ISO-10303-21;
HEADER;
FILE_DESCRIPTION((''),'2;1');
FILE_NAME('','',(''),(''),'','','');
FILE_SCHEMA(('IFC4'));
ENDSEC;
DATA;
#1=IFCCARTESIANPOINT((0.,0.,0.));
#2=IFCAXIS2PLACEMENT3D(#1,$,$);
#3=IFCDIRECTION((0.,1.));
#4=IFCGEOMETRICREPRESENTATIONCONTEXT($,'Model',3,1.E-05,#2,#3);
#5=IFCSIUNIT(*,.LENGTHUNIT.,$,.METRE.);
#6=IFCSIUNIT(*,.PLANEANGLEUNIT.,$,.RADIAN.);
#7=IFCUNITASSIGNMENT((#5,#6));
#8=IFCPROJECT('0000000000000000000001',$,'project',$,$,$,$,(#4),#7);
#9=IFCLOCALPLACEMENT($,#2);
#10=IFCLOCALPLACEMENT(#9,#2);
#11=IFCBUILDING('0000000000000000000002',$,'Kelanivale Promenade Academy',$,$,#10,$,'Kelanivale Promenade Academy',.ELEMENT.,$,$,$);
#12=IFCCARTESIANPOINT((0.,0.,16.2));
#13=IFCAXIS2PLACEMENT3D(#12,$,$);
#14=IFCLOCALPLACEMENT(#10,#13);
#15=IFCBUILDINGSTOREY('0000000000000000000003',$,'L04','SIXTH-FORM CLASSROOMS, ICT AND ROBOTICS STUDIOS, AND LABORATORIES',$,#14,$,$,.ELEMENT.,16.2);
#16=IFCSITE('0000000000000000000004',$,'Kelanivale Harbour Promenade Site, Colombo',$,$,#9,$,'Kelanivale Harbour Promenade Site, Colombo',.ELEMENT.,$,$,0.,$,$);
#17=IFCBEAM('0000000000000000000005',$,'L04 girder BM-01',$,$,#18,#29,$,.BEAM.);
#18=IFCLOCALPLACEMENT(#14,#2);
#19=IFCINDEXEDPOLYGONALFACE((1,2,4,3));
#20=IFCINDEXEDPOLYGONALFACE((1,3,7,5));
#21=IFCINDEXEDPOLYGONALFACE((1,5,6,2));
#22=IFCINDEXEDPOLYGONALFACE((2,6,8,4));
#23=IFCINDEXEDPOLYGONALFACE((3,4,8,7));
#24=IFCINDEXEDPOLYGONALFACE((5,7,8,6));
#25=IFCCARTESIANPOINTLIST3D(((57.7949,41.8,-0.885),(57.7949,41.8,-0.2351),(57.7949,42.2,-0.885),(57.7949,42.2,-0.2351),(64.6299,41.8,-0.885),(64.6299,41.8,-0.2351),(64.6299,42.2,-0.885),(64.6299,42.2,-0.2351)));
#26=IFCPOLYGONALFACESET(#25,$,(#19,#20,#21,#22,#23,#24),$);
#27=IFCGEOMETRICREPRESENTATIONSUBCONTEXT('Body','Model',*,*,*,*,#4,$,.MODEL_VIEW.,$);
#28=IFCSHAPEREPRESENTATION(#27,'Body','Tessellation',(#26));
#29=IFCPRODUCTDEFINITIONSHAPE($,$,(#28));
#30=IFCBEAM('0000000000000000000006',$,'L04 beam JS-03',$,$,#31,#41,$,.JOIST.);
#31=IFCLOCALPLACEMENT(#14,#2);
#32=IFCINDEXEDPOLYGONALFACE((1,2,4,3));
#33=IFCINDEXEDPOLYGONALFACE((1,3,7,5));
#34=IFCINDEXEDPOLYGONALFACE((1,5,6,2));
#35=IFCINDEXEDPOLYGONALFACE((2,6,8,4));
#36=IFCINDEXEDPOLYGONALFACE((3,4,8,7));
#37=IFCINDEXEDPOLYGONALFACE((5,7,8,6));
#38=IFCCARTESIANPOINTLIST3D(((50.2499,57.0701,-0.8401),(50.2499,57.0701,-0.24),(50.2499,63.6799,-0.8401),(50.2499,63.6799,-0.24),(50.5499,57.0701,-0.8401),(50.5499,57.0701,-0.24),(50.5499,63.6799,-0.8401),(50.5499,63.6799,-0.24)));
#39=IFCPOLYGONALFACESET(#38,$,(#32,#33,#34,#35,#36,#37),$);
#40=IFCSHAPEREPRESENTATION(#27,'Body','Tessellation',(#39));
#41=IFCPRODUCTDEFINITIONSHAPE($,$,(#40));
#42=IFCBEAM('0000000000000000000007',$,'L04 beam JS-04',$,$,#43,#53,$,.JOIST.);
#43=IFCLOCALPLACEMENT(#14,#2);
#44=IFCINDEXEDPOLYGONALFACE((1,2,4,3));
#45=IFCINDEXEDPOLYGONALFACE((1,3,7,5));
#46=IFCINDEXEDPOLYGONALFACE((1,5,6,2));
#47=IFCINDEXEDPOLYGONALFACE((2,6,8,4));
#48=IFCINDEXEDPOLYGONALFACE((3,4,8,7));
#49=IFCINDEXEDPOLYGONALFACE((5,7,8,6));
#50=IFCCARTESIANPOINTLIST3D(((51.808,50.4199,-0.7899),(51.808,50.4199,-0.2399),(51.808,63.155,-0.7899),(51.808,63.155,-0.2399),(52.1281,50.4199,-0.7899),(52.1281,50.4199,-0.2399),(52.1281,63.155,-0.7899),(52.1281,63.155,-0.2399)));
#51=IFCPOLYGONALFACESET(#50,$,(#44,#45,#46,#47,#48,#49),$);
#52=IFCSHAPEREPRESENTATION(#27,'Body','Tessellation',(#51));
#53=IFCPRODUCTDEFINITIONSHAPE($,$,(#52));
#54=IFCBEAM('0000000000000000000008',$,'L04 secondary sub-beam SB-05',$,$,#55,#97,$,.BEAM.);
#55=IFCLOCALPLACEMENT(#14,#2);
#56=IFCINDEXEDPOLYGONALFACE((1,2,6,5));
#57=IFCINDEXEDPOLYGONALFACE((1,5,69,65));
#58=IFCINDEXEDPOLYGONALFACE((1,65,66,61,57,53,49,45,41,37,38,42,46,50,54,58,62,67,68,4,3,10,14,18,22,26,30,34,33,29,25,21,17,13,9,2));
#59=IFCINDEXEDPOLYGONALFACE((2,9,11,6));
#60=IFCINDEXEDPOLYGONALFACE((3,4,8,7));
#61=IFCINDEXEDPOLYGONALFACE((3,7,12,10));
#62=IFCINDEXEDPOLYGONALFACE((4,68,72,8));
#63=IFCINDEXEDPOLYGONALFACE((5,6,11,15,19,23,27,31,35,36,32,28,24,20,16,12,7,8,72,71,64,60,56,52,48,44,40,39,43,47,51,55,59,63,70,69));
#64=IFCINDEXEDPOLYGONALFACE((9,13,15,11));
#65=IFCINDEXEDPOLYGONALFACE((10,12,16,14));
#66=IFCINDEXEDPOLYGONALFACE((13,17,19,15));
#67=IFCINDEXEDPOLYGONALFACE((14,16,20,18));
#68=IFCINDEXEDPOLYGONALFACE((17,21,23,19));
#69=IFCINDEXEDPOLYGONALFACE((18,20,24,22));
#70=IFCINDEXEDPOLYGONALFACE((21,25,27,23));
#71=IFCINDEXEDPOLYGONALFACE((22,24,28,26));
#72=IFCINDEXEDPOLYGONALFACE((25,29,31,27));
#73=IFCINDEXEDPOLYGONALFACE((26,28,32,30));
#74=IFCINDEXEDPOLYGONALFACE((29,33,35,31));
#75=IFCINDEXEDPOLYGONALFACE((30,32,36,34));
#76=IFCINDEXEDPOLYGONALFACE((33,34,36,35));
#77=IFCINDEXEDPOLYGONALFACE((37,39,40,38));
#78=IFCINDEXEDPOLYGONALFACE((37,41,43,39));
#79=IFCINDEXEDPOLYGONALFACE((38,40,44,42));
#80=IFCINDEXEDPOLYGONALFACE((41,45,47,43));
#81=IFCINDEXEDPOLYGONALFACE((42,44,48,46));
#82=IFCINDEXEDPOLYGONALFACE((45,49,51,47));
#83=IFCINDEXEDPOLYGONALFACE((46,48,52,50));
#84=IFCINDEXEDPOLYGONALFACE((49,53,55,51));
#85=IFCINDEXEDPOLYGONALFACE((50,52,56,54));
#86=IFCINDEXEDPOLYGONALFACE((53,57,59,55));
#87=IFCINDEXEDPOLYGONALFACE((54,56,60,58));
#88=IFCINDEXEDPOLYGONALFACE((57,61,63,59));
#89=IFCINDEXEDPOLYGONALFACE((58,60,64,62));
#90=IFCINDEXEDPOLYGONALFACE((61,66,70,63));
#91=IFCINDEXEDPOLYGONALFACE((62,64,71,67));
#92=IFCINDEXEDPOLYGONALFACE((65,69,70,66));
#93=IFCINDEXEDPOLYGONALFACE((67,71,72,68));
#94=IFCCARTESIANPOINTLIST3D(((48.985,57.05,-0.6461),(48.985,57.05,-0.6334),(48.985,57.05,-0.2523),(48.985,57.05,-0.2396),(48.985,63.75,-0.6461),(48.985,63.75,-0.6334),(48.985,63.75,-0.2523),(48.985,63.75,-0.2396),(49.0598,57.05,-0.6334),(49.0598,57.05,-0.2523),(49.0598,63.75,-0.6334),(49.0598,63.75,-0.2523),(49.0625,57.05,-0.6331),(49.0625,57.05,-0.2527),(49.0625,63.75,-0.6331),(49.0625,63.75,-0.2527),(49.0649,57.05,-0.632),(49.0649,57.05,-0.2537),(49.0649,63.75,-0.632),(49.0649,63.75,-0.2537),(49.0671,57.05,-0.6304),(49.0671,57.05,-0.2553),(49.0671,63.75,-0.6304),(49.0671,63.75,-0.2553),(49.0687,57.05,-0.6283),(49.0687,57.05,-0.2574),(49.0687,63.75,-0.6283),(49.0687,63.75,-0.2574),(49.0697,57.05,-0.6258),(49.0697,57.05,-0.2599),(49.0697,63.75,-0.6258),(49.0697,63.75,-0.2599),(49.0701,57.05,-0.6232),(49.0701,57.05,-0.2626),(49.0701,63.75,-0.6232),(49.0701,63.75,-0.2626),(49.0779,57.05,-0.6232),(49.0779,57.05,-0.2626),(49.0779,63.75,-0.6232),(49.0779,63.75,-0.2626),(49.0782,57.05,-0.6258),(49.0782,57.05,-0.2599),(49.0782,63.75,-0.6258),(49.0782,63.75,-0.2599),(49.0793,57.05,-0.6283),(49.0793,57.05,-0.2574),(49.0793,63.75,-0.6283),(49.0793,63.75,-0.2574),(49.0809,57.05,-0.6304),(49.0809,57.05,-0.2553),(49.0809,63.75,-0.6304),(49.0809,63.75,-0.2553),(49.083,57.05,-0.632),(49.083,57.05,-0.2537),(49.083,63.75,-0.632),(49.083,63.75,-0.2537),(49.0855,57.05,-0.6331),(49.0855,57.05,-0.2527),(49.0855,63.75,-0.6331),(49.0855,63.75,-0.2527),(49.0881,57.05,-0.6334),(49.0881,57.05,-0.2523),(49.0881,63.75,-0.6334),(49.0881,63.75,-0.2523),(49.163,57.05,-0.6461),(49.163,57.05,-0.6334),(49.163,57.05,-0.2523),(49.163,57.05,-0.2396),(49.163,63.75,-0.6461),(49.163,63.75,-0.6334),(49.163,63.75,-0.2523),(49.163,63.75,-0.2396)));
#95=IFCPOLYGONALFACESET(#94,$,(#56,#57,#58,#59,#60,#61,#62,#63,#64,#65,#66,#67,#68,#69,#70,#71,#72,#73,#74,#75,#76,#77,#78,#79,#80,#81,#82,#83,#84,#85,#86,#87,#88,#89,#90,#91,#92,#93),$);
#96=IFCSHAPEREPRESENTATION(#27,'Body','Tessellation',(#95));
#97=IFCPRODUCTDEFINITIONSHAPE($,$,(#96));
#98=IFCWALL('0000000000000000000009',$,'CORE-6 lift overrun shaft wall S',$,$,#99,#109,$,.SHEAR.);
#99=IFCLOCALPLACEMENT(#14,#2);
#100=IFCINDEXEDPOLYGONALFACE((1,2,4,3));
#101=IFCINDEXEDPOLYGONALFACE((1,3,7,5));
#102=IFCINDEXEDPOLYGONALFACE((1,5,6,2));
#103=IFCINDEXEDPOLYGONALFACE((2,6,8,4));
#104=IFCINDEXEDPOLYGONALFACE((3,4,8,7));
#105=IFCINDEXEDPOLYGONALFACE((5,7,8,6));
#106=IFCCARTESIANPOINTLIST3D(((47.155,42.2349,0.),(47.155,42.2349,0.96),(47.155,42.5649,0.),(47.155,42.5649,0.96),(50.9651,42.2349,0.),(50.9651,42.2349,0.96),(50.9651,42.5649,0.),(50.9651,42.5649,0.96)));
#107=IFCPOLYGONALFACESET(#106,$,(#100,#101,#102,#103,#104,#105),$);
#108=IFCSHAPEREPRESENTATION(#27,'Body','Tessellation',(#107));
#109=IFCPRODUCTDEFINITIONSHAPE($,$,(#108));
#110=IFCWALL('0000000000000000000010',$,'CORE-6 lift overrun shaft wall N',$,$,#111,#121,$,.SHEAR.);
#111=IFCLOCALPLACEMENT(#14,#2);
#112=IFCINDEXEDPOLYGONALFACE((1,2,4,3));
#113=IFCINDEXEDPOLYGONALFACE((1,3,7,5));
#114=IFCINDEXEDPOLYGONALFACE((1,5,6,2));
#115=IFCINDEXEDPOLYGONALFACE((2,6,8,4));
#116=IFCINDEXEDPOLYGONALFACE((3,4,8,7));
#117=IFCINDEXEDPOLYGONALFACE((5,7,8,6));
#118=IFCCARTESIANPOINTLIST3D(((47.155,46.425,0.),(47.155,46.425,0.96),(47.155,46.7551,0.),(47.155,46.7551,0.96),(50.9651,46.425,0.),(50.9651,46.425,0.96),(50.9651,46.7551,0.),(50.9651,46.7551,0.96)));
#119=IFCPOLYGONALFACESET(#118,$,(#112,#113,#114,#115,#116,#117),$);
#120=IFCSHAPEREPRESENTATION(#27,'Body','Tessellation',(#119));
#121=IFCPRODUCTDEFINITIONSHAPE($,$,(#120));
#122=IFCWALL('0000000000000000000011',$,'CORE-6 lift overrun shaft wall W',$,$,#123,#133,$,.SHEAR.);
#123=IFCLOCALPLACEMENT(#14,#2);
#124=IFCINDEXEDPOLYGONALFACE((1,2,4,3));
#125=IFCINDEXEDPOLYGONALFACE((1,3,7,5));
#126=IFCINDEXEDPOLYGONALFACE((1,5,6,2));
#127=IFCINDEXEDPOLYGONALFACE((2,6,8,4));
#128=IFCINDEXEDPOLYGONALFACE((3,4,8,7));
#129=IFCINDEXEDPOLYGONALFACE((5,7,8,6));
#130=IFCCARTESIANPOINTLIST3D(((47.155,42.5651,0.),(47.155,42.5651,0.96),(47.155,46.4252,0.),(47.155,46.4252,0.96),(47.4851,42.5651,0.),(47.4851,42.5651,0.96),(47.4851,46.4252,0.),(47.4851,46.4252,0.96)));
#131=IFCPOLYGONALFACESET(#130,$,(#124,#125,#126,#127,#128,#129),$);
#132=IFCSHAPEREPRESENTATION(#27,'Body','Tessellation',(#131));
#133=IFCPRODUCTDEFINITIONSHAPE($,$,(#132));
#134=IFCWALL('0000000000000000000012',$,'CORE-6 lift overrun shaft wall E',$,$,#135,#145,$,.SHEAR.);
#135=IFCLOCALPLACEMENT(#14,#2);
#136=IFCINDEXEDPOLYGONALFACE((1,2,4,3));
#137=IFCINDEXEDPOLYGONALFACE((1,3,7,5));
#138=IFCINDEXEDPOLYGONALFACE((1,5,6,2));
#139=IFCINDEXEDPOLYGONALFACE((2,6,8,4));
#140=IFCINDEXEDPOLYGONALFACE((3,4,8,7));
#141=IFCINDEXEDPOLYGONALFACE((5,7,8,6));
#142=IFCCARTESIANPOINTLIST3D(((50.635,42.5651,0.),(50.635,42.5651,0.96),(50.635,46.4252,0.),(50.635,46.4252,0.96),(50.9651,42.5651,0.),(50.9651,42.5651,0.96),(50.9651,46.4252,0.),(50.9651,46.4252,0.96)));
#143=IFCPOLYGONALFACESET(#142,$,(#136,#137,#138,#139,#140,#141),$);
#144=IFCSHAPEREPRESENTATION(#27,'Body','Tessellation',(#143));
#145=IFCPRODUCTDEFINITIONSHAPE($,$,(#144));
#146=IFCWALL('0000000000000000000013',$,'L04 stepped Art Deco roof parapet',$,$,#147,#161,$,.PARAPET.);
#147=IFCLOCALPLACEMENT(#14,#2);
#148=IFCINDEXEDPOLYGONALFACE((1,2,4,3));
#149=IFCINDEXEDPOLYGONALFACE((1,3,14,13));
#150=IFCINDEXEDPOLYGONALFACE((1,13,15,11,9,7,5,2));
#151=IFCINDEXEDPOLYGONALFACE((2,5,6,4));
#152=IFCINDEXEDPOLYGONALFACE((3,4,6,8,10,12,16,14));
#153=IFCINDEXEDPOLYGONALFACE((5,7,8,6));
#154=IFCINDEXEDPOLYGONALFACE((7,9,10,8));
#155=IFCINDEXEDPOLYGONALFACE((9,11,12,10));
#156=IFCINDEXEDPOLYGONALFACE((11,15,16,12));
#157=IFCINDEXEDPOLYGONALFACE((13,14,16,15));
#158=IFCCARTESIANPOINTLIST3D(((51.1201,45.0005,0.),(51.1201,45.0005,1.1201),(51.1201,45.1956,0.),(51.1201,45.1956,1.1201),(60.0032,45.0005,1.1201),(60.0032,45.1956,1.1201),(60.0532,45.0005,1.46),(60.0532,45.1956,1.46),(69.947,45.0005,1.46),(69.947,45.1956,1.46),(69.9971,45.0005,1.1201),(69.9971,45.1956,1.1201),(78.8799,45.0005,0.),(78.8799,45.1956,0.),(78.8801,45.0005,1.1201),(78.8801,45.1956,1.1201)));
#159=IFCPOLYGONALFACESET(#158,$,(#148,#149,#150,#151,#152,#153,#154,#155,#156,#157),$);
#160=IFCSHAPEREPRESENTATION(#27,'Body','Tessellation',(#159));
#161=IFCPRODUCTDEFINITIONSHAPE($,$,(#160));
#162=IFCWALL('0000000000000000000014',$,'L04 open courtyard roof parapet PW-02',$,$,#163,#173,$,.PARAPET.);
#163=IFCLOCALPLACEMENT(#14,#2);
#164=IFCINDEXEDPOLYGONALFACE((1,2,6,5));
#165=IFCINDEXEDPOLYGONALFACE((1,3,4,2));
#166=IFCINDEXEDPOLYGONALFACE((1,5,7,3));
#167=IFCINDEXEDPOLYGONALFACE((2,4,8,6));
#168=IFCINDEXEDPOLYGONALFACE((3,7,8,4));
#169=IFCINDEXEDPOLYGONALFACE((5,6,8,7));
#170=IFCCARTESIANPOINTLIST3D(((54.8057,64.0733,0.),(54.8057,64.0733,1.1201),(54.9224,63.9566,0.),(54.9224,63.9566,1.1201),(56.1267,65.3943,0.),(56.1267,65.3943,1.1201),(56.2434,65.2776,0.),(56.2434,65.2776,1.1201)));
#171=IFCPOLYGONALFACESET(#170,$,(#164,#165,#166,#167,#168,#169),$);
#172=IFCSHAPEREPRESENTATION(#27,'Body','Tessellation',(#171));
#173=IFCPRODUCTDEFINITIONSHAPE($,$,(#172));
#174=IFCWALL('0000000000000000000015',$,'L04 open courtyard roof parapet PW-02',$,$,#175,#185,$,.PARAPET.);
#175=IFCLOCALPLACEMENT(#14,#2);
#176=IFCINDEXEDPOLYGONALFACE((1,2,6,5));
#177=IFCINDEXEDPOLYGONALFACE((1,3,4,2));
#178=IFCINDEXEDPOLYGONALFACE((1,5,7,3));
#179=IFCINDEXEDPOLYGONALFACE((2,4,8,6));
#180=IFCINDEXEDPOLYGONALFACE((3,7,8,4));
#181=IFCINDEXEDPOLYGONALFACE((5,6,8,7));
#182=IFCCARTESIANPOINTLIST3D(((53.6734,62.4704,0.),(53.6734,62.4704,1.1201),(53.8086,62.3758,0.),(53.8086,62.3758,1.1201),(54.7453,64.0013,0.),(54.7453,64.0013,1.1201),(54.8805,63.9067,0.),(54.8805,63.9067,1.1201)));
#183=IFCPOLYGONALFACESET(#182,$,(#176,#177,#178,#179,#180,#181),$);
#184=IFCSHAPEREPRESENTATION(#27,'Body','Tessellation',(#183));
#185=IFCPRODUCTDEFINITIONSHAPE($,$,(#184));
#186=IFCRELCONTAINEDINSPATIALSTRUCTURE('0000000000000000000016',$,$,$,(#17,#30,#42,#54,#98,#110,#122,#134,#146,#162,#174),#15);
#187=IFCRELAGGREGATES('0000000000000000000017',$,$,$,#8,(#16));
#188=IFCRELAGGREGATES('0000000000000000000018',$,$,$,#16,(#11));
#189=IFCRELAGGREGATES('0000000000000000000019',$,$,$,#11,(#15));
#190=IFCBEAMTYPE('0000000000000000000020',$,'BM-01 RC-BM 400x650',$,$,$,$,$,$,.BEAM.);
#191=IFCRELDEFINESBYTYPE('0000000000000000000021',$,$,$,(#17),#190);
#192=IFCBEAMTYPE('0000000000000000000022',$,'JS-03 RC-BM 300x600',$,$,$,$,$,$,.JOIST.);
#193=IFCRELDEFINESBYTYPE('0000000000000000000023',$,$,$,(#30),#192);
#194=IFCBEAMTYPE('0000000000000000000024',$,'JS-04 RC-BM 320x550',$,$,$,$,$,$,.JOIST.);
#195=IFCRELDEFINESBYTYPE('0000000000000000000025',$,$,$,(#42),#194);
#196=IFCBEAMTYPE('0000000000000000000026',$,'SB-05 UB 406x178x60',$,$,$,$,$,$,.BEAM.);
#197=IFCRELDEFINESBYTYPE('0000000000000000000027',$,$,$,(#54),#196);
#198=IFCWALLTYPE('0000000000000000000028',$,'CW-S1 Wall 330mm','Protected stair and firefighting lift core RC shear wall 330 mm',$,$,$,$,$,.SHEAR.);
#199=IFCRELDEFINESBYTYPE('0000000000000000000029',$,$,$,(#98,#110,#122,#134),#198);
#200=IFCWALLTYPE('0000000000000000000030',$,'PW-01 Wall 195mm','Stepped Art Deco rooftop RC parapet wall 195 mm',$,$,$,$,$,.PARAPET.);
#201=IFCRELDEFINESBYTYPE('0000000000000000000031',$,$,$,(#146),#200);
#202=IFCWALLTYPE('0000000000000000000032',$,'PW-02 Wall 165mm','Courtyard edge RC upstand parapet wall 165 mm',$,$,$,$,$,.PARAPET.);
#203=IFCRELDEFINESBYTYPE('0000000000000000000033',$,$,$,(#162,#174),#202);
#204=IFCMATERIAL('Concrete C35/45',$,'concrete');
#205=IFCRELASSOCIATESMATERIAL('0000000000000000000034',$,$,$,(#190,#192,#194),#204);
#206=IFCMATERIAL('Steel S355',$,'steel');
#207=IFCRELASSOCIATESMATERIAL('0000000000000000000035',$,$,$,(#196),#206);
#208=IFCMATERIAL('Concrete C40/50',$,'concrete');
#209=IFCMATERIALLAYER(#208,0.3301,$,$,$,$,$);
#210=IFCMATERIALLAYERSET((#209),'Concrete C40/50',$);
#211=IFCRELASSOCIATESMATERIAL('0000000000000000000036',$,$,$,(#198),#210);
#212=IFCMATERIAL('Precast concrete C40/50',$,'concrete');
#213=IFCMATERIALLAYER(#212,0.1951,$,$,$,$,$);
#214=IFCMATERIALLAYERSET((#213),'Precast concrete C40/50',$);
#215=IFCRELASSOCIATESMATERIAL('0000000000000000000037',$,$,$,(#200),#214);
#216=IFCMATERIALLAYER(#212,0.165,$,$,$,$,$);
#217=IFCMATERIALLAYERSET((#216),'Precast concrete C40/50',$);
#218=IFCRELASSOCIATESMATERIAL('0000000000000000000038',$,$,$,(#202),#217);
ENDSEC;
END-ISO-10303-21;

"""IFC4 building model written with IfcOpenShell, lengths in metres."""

from ifc_helpers import new_model, si_unit, direction, frame, frame_2d, origin, origin_2d, place, context, subcontext, project, spatial, polyline, rectangle, i_section, outline, extrude, material, layer, layer_set, material_profile, profile_set, type_object, element, save


model = new_model("IFC4")

# Units and contexts
model_context = context("Model", 3, precision=1e-05, world=origin(), true_north=direction((0.0, 1.0)))
body_context = subcontext(model_context, "Body", "Model", "MODEL_VIEW")
ifc_project = project(units=[si_unit("LENGTHUNIT", "METRE"), si_unit("PLANEANGLEUNIT", "RADIAN")], contexts=[model_context])

# Site, building, storey
site_placement = place(None, origin())
site = spatial("IfcSite", under=ifc_project, at=site_placement, Name="Kelanivale Harbour Promenade Site, Colombo", LongName="Kelanivale Harbour Promenade Site, Colombo", CompositionType="ELEMENT", RefElevation=0.0)
building_placement = place(site_placement, origin())
building = spatial("IfcBuilding", under=site, at=building_placement, Name="Kelanivale Promenade Academy", LongName="Kelanivale Promenade Academy", CompositionType="ELEMENT")
storey_placement = place(building_placement, frame((0.0, 0.0, 16.2)))
storey = spatial("IfcBuildingStorey", under=building, at=storey_placement, Name="L04", Description="SIXTH-FORM CLASSROOMS, ICT AND ROBOTICS STUDIOS, AND LABORATORIES", CompositionType="ELEMENT", Elevation=16.2)

# Beams
ifc_material_1 = material(Name="Concrete C35/45", Category="concrete")
ifc_material_profile_1 = material_profile(ifc_material_1, rectangle(XDim=0.3999, YDim=0.6499, at=origin_2d()), Name="RC-BM 400x650")
ifc_profile_set_1 = profile_set([ifc_material_profile_1], Name="Concrete C35/45")
beam_type_1 = type_object("IfcBeamType", Name="BM-01 RC-BM 400x650", PredefinedType="BEAM", material=ifc_profile_set_1)
beam_1_placement = place(storey_placement, frame((57.7949, 42.0, -0.5601), z_axis=(1.0, 0.0, 0.0), x_axis=(0.0, 1.0, 0.0)))
element("IfcBeam", 1, at=beam_1_placement, inside=storey, type_object=beam_type_1, Name="L04 girder BM-01", PredefinedType="BEAM", context=body_context, shape_type="SweptSolid", body=[
    extrude(rectangle(XDim=0.3999, YDim=0.6499, at=origin_2d()), origin(), (0.0, 0.0, 1.0), 6.835),
])
ifc_material_profile_2 = material_profile(ifc_material_1, rectangle(XDim=0.3, YDim=0.6001, at=origin_2d()), Name="RC-BM 300x600")
ifc_profile_set_2 = profile_set([ifc_material_profile_2], Name="Concrete C35/45")
beam_type_2 = type_object("IfcBeamType", Name="JS-03 RC-BM 300x600", PredefinedType="JOIST", material=ifc_profile_set_2)
beam_2_placement = place(storey_placement, frame((50.3999, 57.0701, -0.54), z_axis=(0.0, 1.0, 0.0), x_axis=(-1.0, 0.0, 0.0)))
element("IfcBeam", 2, at=beam_2_placement, inside=storey, type_object=beam_type_2, Name="L04 beam JS-03", PredefinedType="JOIST", context=body_context, shape_type="SweptSolid", body=[
    extrude(rectangle(XDim=0.3, YDim=0.6001, at=origin_2d()), origin(), (0.0, 0.0, 1.0), 6.6099),
])
ifc_material_profile_3 = material_profile(ifc_material_1, rectangle(XDim=0.3201, YDim=0.55, at=origin_2d()), Name="RC-BM 320x550")
ifc_profile_set_3 = profile_set([ifc_material_profile_3], Name="Concrete C35/45")
beam_type_3 = type_object("IfcBeamType", Name="JS-04 RC-BM 320x550", PredefinedType="JOIST", material=ifc_profile_set_3)
beam_3_placement = place(storey_placement, frame((51.968, 50.4199, -0.5149), z_axis=(0.0, 1.0, 0.0), x_axis=(-1.0, 0.0, 0.0)))
element("IfcBeam", 3, at=beam_3_placement, inside=storey, type_object=beam_type_3, Name="L04 beam JS-04", PredefinedType="JOIST", context=body_context, shape_type="SweptSolid", body=[
    extrude(rectangle(XDim=0.3201, YDim=0.55, at=origin_2d()), origin(), (0.0, 0.0, 1.0), 12.7351),
])
ifc_material_2 = material(Name="Steel S355", Category="steel")
ifc_material_profile_4 = material_profile(ifc_material_2, i_section(OverallWidth=0.178, OverallDepth=0.4065, WebThickness=0.0078, FlangeThickness=0.0127, FilletRadius=0.0103, at=origin_2d()), Name="UB 406x178x60")
ifc_profile_set_4 = profile_set([ifc_material_profile_4], Name="Steel S355")
beam_type_4 = type_object("IfcBeamType", Name="SB-05 UB 406x178x60", PredefinedType="BEAM", material=ifc_profile_set_4)
beam_4_placement = place(storey_placement, frame((49.074, 57.05, -0.4429), z_axis=(0.0, 1.0, 0.0), x_axis=(-1.0, 0.0, 0.0)))
element("IfcBeam", 4, at=beam_4_placement, inside=storey, type_object=beam_type_4, Name="L04 secondary sub-beam SB-05", PredefinedType="BEAM", context=body_context, shape_type="SweptSolid", body=[
    extrude(i_section(OverallWidth=0.178, OverallDepth=0.4065, WebThickness=0.0078, FlangeThickness=0.0127, FilletRadius=0.0103, at=origin_2d()), origin(), (0.0, 0.0, 1.0), 6.7),
])

# Walls
ifc_material_3 = material(Name="Concrete C40/50", Category="concrete")
ifc_layer_1 = layer(ifc_material_3, 0.3301)
ifc_layer_set_1 = layer_set([ifc_layer_1], Name="Concrete C40/50")
wall_type_1 = type_object("IfcWallType", Name="CW-S1 Wall 330mm", Description="Protected stair and firefighting lift core RC shear wall 330 mm", PredefinedType="SHEAR", material=ifc_layer_set_1)
for number, where, z_axis, x_axis, name in (
    (5, (47.155, 42.3999, 0.0), (0.0, 0.0, 1.0), (1.0, 0.0, 0.0), "CORE-6 lift overrun shaft wall S"),
    (6, (47.155, 46.5901, 0.0), (0.0, 0.0, 1.0), (1.0, 0.0, 0.0), "CORE-6 lift overrun shaft wall N"),
):
    element("IfcWall", number, at=place(storey_placement, frame(where, z_axis=z_axis, x_axis=x_axis)), inside=storey, type_object=wall_type_1, Name=name, PredefinedType="SHEAR", context=body_context, shape_type="SweptSolid", body=[
        extrude(rectangle(XDim=3.8101, YDim=0.3301, at=frame_2d((1.905, 0.0))), origin(), (0.0, 0.0, 1.0), 0.96),
    ])
for number, where, z_axis, x_axis, name in (
    (7, (47.3201, 42.5649, 0.0), (0.0, 0.0, 1.0), (0.0, 1.0, 0.0), "CORE-6 lift overrun shaft wall W"),
    (8, (50.8, 42.5649, 0.0), (0.0, 0.0, 1.0), (0.0, 1.0, 0.0), "CORE-6 lift overrun shaft wall E"),
):
    element("IfcWall", number, at=place(storey_placement, frame(where, z_axis=z_axis, x_axis=x_axis)), inside=storey, type_object=wall_type_1, Name=name, PredefinedType="SHEAR", context=body_context, shape_type="SweptSolid", body=[
        extrude(rectangle(XDim=3.8601, YDim=0.3301, at=frame_2d((1.9302, 0.0))), origin(), (0.0, 0.0, 1.0), 0.96),
    ])
ifc_material_4 = material(Name="Precast concrete C40/50", Category="concrete")
ifc_layer_2 = layer(ifc_material_4, 0.1951)
ifc_layer_set_2 = layer_set([ifc_layer_2], Name="Precast concrete C40/50")
wall_type_2 = type_object("IfcWallType", Name="PW-01 Wall 195mm", Description="Stepped Art Deco rooftop RC parapet wall 195 mm", PredefinedType="PARAPET", material=ifc_layer_set_2)
wall_1_placement = place(storey_placement, frame((51.1201, 45.0979, 0.0), z_axis=(0.0, 0.0, 1.0), x_axis=(1.0, 0.0, 0.0)))
element("IfcWall", 9, at=wall_1_placement, inside=storey, type_object=wall_type_2, Name="L04 stepped Art Deco roof parapet", PredefinedType="PARAPET", context=body_context, shape_type="SweptSolid", body=[
    extrude(outline(polyline([(0.0, 0.0), (27.7598, 0.0), (27.76, 1.1201), (18.877, 1.1201), (18.8269, 1.46), (8.9331, 1.46), (8.8831, 1.1201), (0.0, 1.1201), (0.0, 0.0)])), frame((0.0, 0.0977, 0.0), z_axis=(0.0, -1.0, 0.0), x_axis=(1.0, 0.0, 0.0)), (0.0, 0.0, 1.0), 0.1951),
])
ifc_layer_3 = layer(ifc_material_4, 0.165)
ifc_layer_set_3 = layer_set([ifc_layer_3], Name="Precast concrete C40/50")
wall_type_3 = type_object("IfcWallType", Name="PW-02 Wall 165mm", Description="Courtyard edge RC upstand parapet wall 165 mm", PredefinedType="PARAPET", material=ifc_layer_set_3)
wall_2_placement = place(storey_placement, frame((56.1851, 65.3359, 0.0), z_axis=(0.0, 0.0, 1.0), x_axis=(-0.707107, -0.707107, 0.0)))
element("IfcWall", 10, at=wall_2_placement, inside=storey, type_object=wall_type_3, Name="L04 open courtyard roof parapet PW-02", PredefinedType="PARAPET", context=body_context, shape_type="SweptSolid", body=[
    extrude(rectangle(XDim=1.8682, YDim=0.165, at=frame_2d((0.9341, 0.0))), origin(), (0.0, 0.0, 1.0), 1.1201),
])
wall_3_placement = place(storey_placement, frame((54.813, 63.9541, 0.0), z_axis=(0.0, 0.0, 1.0), x_axis=(-0.573576, -0.819152, 0.0)))
element("IfcWall", 11, at=wall_3_placement, inside=storey, type_object=wall_type_3, Name="L04 open courtyard roof parapet PW-02", PredefinedType="PARAPET", context=body_context, shape_type="SweptSolid", body=[
    extrude(rectangle(XDim=1.8689, YDim=0.165, at=frame_2d((0.9346, 0.0))), origin(), (0.0, 0.0, 1.0), 1.1201),
])

save(model, "model.ifc")
